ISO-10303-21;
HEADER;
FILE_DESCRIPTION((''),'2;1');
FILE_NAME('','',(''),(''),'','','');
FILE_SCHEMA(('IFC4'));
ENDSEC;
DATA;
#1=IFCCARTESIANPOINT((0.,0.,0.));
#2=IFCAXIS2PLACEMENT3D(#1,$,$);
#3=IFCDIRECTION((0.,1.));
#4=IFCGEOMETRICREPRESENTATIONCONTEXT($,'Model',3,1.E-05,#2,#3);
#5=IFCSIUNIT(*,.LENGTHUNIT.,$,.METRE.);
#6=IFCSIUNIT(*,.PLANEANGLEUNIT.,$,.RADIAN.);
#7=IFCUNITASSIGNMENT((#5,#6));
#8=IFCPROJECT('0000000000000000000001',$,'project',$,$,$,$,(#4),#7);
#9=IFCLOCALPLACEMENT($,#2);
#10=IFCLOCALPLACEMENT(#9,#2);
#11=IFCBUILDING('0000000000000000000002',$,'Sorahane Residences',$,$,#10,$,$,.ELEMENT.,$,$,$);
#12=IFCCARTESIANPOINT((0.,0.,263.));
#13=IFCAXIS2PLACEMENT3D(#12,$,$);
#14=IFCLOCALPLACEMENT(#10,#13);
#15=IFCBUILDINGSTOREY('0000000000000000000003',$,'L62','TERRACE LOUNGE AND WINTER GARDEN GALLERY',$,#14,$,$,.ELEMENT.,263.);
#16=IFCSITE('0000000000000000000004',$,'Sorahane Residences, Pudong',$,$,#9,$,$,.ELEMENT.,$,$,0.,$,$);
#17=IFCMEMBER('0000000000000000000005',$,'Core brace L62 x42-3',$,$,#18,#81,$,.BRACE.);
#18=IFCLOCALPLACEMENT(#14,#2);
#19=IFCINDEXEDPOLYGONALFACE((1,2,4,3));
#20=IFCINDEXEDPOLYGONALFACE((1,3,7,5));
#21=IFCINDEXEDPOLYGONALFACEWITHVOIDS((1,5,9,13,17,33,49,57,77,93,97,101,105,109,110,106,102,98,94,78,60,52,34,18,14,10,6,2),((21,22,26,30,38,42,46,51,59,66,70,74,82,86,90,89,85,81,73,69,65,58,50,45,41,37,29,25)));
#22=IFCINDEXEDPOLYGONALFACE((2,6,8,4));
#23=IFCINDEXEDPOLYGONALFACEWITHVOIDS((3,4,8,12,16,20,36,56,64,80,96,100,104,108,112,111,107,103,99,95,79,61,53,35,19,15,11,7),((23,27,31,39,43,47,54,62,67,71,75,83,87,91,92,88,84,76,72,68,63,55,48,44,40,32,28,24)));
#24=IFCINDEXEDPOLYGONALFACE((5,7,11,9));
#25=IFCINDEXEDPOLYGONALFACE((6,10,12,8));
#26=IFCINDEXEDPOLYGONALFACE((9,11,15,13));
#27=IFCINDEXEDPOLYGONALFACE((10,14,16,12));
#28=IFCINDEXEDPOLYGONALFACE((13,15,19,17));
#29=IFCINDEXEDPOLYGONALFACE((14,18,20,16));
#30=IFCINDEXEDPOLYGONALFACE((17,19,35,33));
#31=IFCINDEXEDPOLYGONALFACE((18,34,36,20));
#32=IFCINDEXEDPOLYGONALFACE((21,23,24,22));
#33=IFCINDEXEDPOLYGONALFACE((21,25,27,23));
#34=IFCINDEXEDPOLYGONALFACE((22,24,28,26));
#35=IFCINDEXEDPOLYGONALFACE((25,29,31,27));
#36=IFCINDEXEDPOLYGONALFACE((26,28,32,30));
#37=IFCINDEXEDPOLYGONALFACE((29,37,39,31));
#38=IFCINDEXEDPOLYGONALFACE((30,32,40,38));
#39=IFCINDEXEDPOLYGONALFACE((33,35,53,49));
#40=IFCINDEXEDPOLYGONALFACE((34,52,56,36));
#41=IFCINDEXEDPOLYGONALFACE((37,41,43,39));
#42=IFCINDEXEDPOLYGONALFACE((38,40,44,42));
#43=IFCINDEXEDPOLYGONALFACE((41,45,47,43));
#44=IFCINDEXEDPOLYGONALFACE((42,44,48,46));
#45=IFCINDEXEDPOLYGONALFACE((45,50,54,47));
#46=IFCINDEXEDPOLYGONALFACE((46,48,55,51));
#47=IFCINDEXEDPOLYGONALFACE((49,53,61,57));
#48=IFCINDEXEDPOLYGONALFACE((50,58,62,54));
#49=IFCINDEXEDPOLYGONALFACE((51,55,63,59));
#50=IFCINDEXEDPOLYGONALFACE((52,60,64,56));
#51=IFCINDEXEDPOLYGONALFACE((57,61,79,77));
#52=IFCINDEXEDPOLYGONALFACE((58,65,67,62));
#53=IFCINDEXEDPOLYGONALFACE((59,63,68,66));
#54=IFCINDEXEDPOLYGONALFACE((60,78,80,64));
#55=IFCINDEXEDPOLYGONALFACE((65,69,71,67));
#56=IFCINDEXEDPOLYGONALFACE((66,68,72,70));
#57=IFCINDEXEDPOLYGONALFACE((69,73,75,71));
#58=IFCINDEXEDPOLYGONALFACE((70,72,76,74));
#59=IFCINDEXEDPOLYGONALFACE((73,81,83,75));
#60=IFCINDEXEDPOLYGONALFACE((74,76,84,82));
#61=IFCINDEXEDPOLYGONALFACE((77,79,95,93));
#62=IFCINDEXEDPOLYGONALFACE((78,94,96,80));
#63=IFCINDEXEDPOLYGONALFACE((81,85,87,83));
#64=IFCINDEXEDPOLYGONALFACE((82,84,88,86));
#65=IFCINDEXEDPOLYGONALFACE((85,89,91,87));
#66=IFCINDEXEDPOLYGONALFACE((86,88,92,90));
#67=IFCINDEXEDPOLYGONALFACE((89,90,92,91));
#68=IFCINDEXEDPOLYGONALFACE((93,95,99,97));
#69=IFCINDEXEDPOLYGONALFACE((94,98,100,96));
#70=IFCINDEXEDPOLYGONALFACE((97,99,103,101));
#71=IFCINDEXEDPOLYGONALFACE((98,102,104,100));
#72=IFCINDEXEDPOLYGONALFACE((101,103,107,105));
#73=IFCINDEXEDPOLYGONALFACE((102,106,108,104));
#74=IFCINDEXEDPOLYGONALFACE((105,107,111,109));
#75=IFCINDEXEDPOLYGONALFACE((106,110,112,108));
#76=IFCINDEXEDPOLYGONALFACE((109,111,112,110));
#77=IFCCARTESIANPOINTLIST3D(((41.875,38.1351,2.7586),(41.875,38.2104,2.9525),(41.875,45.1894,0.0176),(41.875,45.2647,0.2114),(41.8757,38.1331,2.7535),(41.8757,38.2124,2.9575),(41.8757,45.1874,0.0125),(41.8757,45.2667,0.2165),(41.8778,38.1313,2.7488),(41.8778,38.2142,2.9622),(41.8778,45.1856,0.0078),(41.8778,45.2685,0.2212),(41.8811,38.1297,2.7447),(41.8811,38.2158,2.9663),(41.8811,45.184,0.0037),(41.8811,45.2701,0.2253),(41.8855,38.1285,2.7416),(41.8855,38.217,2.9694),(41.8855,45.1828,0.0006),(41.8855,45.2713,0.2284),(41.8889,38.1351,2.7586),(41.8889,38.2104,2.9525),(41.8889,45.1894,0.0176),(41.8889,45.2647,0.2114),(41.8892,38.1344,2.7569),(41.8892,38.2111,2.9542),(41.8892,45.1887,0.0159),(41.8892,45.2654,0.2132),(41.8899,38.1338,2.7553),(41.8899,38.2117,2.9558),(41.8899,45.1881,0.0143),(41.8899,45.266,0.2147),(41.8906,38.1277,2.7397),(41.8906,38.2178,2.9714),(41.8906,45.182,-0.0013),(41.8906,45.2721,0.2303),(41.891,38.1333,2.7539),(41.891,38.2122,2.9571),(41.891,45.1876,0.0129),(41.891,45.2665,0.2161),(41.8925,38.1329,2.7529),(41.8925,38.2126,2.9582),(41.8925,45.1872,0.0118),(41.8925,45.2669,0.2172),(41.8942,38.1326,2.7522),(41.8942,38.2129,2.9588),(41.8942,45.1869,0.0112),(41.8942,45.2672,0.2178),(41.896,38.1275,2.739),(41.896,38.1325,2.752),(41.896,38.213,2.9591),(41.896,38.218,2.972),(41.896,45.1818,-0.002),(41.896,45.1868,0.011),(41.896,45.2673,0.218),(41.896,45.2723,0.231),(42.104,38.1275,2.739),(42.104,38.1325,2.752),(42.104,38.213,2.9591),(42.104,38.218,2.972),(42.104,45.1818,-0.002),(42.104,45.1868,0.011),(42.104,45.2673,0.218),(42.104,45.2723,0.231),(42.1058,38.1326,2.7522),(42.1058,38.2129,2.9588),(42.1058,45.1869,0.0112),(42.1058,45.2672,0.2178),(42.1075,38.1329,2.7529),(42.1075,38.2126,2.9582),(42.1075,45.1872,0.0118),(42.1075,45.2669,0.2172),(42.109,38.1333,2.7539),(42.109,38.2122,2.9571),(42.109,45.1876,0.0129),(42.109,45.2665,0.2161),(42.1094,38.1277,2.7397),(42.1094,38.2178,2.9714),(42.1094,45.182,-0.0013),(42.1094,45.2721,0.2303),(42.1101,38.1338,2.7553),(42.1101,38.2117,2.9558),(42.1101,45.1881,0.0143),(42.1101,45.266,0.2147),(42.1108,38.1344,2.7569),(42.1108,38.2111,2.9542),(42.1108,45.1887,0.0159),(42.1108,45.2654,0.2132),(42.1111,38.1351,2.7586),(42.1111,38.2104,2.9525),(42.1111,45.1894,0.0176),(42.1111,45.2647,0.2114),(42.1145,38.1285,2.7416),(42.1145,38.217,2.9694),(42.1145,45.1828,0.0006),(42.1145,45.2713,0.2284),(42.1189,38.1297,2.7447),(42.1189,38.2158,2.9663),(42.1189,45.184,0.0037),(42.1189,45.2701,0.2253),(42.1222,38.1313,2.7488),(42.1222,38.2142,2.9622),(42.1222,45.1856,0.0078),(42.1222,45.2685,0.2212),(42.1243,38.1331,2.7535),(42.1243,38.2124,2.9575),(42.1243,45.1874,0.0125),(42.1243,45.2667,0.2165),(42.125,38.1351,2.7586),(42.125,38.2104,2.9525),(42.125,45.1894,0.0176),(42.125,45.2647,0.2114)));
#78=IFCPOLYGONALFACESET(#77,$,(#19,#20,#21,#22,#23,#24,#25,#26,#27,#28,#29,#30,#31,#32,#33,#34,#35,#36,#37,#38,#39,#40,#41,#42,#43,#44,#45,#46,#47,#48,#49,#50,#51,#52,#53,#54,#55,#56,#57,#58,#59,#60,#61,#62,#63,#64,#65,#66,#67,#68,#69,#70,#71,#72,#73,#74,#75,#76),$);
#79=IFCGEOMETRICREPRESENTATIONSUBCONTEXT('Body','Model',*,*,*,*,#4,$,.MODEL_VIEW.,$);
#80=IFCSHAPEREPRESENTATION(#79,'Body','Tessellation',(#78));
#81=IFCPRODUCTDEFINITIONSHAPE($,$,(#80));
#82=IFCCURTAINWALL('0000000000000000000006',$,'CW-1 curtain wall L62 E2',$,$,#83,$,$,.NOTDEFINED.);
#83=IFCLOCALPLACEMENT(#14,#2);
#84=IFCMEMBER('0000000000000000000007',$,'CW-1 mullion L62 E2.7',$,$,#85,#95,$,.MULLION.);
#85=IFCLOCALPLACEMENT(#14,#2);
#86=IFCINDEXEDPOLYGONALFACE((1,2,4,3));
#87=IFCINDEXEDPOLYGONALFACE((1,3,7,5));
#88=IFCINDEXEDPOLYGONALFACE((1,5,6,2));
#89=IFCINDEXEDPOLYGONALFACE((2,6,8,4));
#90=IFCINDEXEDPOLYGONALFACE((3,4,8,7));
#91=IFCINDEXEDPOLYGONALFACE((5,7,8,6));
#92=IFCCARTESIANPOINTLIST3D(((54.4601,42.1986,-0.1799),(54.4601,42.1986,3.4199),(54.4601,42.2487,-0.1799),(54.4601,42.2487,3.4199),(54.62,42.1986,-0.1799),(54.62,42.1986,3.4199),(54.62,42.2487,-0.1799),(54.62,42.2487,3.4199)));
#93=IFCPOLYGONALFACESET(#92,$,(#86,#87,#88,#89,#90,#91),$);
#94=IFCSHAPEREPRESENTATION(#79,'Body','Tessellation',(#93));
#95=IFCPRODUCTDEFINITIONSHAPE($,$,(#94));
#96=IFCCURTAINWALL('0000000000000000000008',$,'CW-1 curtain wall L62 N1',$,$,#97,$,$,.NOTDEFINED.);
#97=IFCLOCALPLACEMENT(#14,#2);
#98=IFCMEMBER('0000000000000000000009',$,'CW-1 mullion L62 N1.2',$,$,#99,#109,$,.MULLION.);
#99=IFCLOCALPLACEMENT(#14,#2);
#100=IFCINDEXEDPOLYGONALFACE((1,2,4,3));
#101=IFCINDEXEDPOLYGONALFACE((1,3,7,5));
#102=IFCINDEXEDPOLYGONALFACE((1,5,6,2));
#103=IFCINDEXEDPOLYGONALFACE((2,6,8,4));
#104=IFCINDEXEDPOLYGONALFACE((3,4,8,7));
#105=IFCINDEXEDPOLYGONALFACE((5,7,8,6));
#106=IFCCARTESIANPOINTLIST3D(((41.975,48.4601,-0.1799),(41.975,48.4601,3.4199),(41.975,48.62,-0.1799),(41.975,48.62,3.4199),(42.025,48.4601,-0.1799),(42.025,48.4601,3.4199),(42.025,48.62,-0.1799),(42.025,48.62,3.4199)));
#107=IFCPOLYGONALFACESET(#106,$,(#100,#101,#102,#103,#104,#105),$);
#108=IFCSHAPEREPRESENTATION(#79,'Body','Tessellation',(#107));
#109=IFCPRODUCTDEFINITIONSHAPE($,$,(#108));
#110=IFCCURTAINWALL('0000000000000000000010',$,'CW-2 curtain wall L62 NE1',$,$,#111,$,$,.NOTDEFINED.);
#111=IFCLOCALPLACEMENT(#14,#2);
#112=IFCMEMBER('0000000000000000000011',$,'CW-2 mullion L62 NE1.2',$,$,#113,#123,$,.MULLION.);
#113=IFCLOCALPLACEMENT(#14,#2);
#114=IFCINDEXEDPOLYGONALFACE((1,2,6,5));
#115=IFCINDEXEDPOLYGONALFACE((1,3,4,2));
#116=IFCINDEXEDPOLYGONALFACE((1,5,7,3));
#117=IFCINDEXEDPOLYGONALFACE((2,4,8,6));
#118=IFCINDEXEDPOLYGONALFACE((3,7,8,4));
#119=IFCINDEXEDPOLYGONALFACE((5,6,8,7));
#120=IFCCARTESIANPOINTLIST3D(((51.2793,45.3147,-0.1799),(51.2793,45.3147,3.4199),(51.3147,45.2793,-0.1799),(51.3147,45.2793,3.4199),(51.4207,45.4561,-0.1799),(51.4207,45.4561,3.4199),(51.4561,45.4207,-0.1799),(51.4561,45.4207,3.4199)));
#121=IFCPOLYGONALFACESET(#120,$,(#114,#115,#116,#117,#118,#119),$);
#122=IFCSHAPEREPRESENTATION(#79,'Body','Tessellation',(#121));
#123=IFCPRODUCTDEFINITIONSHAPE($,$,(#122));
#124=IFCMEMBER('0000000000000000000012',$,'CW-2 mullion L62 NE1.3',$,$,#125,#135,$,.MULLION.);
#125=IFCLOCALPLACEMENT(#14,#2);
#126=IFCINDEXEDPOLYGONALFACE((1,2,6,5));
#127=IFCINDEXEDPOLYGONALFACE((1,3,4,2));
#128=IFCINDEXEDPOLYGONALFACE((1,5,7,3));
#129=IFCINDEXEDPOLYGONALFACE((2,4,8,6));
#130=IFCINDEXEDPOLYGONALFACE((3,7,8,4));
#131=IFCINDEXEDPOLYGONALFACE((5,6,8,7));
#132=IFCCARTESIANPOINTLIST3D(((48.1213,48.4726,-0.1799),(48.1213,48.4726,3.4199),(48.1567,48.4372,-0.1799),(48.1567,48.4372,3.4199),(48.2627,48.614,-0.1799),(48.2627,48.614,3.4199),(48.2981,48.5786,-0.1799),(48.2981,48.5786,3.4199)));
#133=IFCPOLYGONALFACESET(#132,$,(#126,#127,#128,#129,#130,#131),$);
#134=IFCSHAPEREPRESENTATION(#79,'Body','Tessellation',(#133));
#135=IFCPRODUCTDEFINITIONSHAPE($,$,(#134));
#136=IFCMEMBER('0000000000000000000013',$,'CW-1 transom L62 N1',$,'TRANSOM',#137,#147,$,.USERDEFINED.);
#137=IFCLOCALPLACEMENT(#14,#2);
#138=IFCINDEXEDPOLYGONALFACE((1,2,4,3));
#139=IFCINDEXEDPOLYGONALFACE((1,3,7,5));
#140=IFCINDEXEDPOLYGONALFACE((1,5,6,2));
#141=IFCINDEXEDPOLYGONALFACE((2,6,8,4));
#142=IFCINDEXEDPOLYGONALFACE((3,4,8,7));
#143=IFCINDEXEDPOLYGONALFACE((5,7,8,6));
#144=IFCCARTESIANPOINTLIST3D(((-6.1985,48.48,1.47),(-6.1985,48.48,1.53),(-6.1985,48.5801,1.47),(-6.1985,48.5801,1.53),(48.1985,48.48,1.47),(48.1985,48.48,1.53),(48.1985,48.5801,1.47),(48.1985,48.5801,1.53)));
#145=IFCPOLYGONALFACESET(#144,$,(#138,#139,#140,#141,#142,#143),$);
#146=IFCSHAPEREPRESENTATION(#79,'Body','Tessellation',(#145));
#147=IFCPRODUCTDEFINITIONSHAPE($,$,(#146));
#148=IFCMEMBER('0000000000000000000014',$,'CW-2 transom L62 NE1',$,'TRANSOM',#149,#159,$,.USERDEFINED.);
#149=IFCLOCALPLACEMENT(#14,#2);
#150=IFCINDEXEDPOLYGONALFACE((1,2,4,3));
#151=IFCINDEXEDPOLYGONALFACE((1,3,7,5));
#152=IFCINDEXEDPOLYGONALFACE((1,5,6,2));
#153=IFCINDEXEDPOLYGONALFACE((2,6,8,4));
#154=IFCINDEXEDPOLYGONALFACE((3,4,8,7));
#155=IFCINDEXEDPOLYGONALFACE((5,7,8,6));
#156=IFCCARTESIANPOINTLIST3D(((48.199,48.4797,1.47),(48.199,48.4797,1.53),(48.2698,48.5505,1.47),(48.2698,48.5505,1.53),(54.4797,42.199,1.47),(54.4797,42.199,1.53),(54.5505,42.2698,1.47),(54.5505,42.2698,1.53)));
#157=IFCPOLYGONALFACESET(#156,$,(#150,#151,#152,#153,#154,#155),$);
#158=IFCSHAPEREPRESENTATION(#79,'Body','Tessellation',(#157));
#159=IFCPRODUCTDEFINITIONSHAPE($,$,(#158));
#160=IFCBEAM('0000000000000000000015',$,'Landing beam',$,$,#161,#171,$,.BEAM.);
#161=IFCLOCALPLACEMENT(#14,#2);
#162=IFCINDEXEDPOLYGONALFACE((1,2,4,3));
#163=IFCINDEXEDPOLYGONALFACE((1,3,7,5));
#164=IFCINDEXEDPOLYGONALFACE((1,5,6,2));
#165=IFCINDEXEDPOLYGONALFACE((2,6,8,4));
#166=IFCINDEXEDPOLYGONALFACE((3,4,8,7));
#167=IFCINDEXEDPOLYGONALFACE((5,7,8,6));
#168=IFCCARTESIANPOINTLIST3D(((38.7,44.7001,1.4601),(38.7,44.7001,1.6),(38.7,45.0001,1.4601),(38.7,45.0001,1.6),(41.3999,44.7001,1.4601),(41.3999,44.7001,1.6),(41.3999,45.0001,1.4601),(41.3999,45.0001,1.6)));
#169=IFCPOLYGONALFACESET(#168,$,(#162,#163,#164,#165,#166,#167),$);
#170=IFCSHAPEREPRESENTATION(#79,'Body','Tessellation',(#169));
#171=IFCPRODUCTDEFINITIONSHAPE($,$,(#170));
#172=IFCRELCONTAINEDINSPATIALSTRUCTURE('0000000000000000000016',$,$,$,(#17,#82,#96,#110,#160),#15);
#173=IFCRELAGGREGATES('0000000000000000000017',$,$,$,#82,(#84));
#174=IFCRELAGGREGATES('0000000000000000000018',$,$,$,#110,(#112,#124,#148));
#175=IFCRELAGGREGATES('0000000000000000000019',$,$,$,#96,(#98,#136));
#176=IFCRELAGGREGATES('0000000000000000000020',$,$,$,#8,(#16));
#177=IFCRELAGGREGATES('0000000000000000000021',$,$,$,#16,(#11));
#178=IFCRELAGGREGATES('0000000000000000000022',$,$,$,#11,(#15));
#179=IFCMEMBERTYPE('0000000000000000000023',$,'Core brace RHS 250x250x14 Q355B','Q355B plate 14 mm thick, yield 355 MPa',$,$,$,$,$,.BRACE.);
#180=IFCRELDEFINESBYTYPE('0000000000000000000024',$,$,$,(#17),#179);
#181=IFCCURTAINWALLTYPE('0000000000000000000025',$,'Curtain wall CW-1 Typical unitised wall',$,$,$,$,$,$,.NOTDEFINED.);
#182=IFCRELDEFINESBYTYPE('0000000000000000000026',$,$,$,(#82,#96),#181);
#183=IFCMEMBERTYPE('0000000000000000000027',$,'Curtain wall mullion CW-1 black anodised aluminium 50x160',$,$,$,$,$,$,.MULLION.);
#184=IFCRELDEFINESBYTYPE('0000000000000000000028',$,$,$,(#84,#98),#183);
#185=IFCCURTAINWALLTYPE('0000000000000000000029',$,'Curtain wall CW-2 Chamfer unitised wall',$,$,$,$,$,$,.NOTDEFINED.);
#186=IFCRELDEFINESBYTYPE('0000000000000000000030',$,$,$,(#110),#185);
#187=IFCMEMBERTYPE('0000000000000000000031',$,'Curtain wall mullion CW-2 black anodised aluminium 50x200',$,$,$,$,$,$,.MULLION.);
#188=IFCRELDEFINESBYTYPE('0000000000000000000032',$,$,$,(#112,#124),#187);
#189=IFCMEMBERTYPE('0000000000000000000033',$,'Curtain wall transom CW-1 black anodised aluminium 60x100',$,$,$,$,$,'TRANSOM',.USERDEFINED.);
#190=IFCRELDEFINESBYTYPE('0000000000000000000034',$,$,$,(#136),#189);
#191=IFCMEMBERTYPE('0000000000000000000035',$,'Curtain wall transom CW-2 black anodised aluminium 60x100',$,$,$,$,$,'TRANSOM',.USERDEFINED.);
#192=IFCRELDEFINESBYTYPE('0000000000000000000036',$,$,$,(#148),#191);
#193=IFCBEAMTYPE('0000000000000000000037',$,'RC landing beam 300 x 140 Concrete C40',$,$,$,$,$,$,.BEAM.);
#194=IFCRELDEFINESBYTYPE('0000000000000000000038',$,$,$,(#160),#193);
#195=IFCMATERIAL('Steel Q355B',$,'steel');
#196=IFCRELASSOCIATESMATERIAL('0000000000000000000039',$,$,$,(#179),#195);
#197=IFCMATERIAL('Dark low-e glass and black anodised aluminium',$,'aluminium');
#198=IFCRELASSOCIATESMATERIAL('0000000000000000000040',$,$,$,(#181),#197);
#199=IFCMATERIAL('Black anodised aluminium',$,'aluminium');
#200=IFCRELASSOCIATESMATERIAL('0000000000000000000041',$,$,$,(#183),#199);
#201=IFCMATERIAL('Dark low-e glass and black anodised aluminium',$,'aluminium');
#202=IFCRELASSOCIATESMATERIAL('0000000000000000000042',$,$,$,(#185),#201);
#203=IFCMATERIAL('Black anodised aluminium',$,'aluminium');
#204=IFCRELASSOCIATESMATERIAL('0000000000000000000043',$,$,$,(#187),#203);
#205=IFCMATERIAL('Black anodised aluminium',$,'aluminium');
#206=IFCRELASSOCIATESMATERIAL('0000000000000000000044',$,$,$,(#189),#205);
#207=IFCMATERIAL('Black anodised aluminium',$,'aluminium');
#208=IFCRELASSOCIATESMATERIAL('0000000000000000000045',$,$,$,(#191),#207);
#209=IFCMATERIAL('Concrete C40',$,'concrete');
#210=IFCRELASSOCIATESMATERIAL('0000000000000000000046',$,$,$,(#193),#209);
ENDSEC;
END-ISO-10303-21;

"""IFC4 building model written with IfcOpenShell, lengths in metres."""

from ifc_helpers import new_model, si_unit, direction, frame, origin, origin_2d, place, context, subcontext, project, spatial, rectangle, hollow_rectangle, extrude, material, material_profile, profile_set, type_object, element, aggregate, save


model = new_model("IFC4")

# Units and contexts
model_context = context("Model", 3, precision=1e-05, world=origin(), true_north=direction((0.0, 1.0)))
body_context = subcontext(model_context, "Body", "Model", "MODEL_VIEW")
ifc_project = project(units=[si_unit("LENGTHUNIT", "METRE"), si_unit("PLANEANGLEUNIT", "RADIAN")], contexts=[model_context])

# Site, building, storey
site_placement = place(None, origin())
site = spatial("IfcSite", under=ifc_project, at=site_placement, Name="Sorahane Residences, Pudong", CompositionType="ELEMENT", RefElevation=0.0)
building_placement = place(site_placement, origin())
building = spatial("IfcBuilding", under=site, at=building_placement, Name="Sorahane Residences", CompositionType="ELEMENT")
storey_placement = place(building_placement, frame((0.0, 0.0, 263.0)))
storey = spatial("IfcBuildingStorey", under=building, at=storey_placement, Name="L62", Description="TERRACE LOUNGE AND WINTER GARDEN GALLERY", CompositionType="ELEMENT", Elevation=263.0)

# Member
ifc_material_1 = material(Name="Steel Q355B", Category="steel")
ifc_material_profile_1 = material_profile(ifc_material_1, hollow_rectangle(XDim=0.25, YDim=0.25, WallThickness=0.0139, InnerFilletRadius=0.0071, OuterFilletRadius=0.021, at=origin_2d()), Name="RHS 250x250x14")
ifc_profile_set_1 = profile_set([ifc_material_profile_1], Name="Steel Q355B")
member_type_1 = type_object("IfcMemberType", Name="Core brace RHS 250x250x14 Q355B", Description="Q355B plate 14 mm thick, yield 355 MPa", PredefinedType="BRACE", material=ifc_profile_set_1)
member_1_placement = place(storey_placement, frame((42.0, 45.2271, 0.1145), z_axis=(0.0, -0.932109, 0.362178), x_axis=(1.0, 0.0, 0.0)))
element("IfcMember", 1, at=member_1_placement, inside=storey, type_object=member_type_1, Name="Core brace L62 x42-3", PredefinedType="BRACE", context=body_context, shape_type="SweptSolid", body=[
    extrude(hollow_rectangle(XDim=0.25, YDim=0.25, WallThickness=0.0139, InnerFilletRadius=0.0071, OuterFilletRadius=0.021, at=origin_2d()), origin(), (0.0, 0.0, 1.0), 7.5681),
])

# Curtain walls, members
ifc_material_2 = material(Name="Dark low-e glass and black anodised aluminium", Category="aluminium")
curtain_wall_type_1 = type_object("IfcCurtainWallType", Name="Curtain wall CW-1 Typical unitised wall", PredefinedType="NOTDEFINED", material=ifc_material_2)
curtain_wall_1_placement = place(storey_placement, origin())
curtain_wall_1 = element("IfcCurtainWall", 2, at=curtain_wall_1_placement, inside=storey, type_object=curtain_wall_type_1, Name="CW-1 curtain wall L62 E2", PredefinedType="NOTDEFINED")
ifc_material_3 = material(Name="Black anodised aluminium", Category="aluminium")
ifc_material_profile_2 = material_profile(ifc_material_3, rectangle(XDim=0.1599, YDim=0.05, at=origin_2d()), Name="Curtain wall mullion CW-1 black anodised aluminium 50x160")
ifc_profile_set_2 = profile_set([ifc_material_profile_2], Name="Black anodised aluminium")
member_type_2 = type_object("IfcMemberType", Name="Curtain wall mullion CW-1 black anodised aluminium 50x160", PredefinedType="MULLION", material=ifc_profile_set_2)
member_2_placement = place(storey_placement, frame((54.54, 42.2236, -0.1799), z_axis=(0.0, 0.0, 1.0), x_axis=(1.0, 0.0, 0.0)))
member_2 = element("IfcMember", 3, at=member_2_placement, type_object=member_type_2, Name="CW-1 mullion L62 E2.7", PredefinedType="MULLION", context=body_context, shape_type="SweptSolid", body=[
    extrude(rectangle(XDim=0.1599, YDim=0.05, at=origin_2d()), origin(), (0.0, 0.0, 1.0), 3.5999),
])
aggregate(curtain_wall_1, [member_2])
curtain_wall_2_placement = place(storey_placement, origin())
curtain_wall_2 = element("IfcCurtainWall", 4, at=curtain_wall_2_placement, inside=storey, type_object=curtain_wall_type_1, Name="CW-1 curtain wall L62 N1", PredefinedType="NOTDEFINED")
member_3_placement = place(storey_placement, frame((42.0, 48.54, -0.1799), z_axis=(0.0, 0.0, 1.0), x_axis=(0.0, 1.0, 0.0)))
member_3 = element("IfcMember", 5, at=member_3_placement, type_object=member_type_2, Name="CW-1 mullion L62 N1.2", PredefinedType="MULLION", context=body_context, shape_type="SweptSolid", body=[
    extrude(rectangle(XDim=0.1599, YDim=0.05, at=origin_2d()), origin(), (0.0, 0.0, 1.0), 3.5999),
])

# Curtain wall, members
ifc_material_4 = material(Name="Dark low-e glass and black anodised aluminium", Category="aluminium")
curtain_wall_type_2 = type_object("IfcCurtainWallType", Name="Curtain wall CW-2 Chamfer unitised wall", PredefinedType="NOTDEFINED", material=ifc_material_4)
curtain_wall_3_placement = place(storey_placement, origin())
curtain_wall_3 = element("IfcCurtainWall", 6, at=curtain_wall_3_placement, inside=storey, type_object=curtain_wall_type_2, Name="CW-2 curtain wall L62 NE1", PredefinedType="NOTDEFINED")
ifc_material_5 = material(Name="Black anodised aluminium", Category="aluminium")
ifc_material_profile_3 = material_profile(ifc_material_5, rectangle(XDim=0.2, YDim=0.05, at=origin_2d()), Name="Curtain wall mullion CW-2 black anodised aluminium 50x200")
ifc_profile_set_3 = profile_set([ifc_material_profile_3], Name="Black anodised aluminium")
member_type_3 = type_object("IfcMemberType", Name="Curtain wall mullion CW-2 black anodised aluminium 50x200", PredefinedType="MULLION", material=ifc_profile_set_3)
member_4_placement = place(storey_placement, frame((51.3677, 45.3677, -0.1799), z_axis=(0.0, 0.0, 1.0), x_axis=(0.707107, 0.707107, 0.0)))
member_4 = element("IfcMember", 7, at=member_4_placement, type_object=member_type_3, Name="CW-2 mullion L62 NE1.2", PredefinedType="MULLION", context=body_context, shape_type="SweptSolid", body=[
    extrude(rectangle(XDim=0.2, YDim=0.05, at=origin_2d()), origin(), (0.0, 0.0, 1.0), 3.5999),
])
member_5_placement = place(storey_placement, frame((48.2097, 48.5256, -0.1799), z_axis=(0.0, 0.0, 1.0), x_axis=(0.707107, 0.707107, 0.0)))
member_5 = element("IfcMember", 8, at=member_5_placement, type_object=member_type_3, Name="CW-2 mullion L62 NE1.3", PredefinedType="MULLION", context=body_context, shape_type="SweptSolid", body=[
    extrude(rectangle(XDim=0.2, YDim=0.05, at=origin_2d()), origin(), (0.0, 0.0, 1.0), 3.5999),
])

# Members
ifc_material_6 = material(Name="Black anodised aluminium", Category="aluminium")
ifc_material_profile_4 = material_profile(ifc_material_6, rectangle(XDim=0.1001, YDim=0.0601, at=origin_2d()), Name="Curtain wall transom CW-1 black anodised aluminium 60x100")
ifc_profile_set_4 = profile_set([ifc_material_profile_4], Name="Black anodised aluminium")
member_type_4 = type_object("IfcMemberType", Name="Curtain wall transom CW-1 black anodised aluminium 60x100", ElementType="TRANSOM", PredefinedType="USERDEFINED", material=ifc_profile_set_4)
member_6_placement = place(storey_placement, frame((48.1985, 48.53, 1.5), z_axis=(-1.0, 0.0, 0.0), x_axis=(0.0, -1.0, 0.0)))
member_6 = element("IfcMember", 9, at=member_6_placement, type_object=member_type_4, Name="CW-1 transom L62 N1", ObjectType="TRANSOM", PredefinedType="USERDEFINED", context=body_context, shape_type="SweptSolid", body=[
    extrude(rectangle(XDim=0.1001, YDim=0.0601, at=origin_2d()), origin(), (0.0, 0.0, 1.0), 54.397),
])
ifc_material_7 = material(Name="Black anodised aluminium", Category="aluminium")
ifc_material_profile_5 = material_profile(ifc_material_7, rectangle(XDim=0.1001, YDim=0.0601, at=origin_2d()), Name="Curtain wall transom CW-2 black anodised aluminium 60x100")
ifc_profile_set_5 = profile_set([ifc_material_profile_5], Name="Black anodised aluminium")
member_type_5 = type_object("IfcMemberType", Name="Curtain wall transom CW-2 black anodised aluminium 60x100", ElementType="TRANSOM", PredefinedType="USERDEFINED", material=ifc_profile_set_5)
member_7_placement = place(storey_placement, frame((54.5151, 42.2344, 1.5), z_axis=(-0.707107, 0.707107, 0.0), x_axis=(-0.707107, -0.707107, 0.0)))
member_7 = element("IfcMember", 10, at=member_7_placement, type_object=member_type_5, Name="CW-2 transom L62 NE1", ObjectType="TRANSOM", PredefinedType="USERDEFINED", context=body_context, shape_type="SweptSolid", body=[
    extrude(rectangle(XDim=0.1001, YDim=0.0601, at=origin_2d()), origin(), (0.0, 0.0, 1.0), 8.8823),
])

# Beam
ifc_material_8 = material(Name="Concrete C40", Category="concrete")
ifc_material_profile_6 = material_profile(ifc_material_8, rectangle(XDim=0.3, YDim=0.1399, at=origin_2d()), Name="300x140")
ifc_profile_set_6 = profile_set([ifc_material_profile_6], Name="Concrete C40")
beam_type_1 = type_object("IfcBeamType", Name="RC landing beam 300 x 140 Concrete C40", PredefinedType="BEAM", material=ifc_profile_set_6)
beam_1_placement = place(storey_placement, frame((38.7, 44.8501, 1.53), z_axis=(1.0, 0.0, 0.0), x_axis=(0.0, 1.0, 0.0)))
element("IfcBeam", 11, at=beam_1_placement, inside=storey, type_object=beam_type_1, Name="Landing beam", PredefinedType="BEAM", context=body_context, shape_type="SweptSolid", body=[
    extrude(rectangle(XDim=0.3, YDim=0.1399, at=origin_2d()), origin(), (0.0, 0.0, 1.0), 2.7),
])

aggregate(curtain_wall_3, [member_4, member_5, member_7])
aggregate(curtain_wall_2, [member_3, member_6])

save(model, "model.ifc")
